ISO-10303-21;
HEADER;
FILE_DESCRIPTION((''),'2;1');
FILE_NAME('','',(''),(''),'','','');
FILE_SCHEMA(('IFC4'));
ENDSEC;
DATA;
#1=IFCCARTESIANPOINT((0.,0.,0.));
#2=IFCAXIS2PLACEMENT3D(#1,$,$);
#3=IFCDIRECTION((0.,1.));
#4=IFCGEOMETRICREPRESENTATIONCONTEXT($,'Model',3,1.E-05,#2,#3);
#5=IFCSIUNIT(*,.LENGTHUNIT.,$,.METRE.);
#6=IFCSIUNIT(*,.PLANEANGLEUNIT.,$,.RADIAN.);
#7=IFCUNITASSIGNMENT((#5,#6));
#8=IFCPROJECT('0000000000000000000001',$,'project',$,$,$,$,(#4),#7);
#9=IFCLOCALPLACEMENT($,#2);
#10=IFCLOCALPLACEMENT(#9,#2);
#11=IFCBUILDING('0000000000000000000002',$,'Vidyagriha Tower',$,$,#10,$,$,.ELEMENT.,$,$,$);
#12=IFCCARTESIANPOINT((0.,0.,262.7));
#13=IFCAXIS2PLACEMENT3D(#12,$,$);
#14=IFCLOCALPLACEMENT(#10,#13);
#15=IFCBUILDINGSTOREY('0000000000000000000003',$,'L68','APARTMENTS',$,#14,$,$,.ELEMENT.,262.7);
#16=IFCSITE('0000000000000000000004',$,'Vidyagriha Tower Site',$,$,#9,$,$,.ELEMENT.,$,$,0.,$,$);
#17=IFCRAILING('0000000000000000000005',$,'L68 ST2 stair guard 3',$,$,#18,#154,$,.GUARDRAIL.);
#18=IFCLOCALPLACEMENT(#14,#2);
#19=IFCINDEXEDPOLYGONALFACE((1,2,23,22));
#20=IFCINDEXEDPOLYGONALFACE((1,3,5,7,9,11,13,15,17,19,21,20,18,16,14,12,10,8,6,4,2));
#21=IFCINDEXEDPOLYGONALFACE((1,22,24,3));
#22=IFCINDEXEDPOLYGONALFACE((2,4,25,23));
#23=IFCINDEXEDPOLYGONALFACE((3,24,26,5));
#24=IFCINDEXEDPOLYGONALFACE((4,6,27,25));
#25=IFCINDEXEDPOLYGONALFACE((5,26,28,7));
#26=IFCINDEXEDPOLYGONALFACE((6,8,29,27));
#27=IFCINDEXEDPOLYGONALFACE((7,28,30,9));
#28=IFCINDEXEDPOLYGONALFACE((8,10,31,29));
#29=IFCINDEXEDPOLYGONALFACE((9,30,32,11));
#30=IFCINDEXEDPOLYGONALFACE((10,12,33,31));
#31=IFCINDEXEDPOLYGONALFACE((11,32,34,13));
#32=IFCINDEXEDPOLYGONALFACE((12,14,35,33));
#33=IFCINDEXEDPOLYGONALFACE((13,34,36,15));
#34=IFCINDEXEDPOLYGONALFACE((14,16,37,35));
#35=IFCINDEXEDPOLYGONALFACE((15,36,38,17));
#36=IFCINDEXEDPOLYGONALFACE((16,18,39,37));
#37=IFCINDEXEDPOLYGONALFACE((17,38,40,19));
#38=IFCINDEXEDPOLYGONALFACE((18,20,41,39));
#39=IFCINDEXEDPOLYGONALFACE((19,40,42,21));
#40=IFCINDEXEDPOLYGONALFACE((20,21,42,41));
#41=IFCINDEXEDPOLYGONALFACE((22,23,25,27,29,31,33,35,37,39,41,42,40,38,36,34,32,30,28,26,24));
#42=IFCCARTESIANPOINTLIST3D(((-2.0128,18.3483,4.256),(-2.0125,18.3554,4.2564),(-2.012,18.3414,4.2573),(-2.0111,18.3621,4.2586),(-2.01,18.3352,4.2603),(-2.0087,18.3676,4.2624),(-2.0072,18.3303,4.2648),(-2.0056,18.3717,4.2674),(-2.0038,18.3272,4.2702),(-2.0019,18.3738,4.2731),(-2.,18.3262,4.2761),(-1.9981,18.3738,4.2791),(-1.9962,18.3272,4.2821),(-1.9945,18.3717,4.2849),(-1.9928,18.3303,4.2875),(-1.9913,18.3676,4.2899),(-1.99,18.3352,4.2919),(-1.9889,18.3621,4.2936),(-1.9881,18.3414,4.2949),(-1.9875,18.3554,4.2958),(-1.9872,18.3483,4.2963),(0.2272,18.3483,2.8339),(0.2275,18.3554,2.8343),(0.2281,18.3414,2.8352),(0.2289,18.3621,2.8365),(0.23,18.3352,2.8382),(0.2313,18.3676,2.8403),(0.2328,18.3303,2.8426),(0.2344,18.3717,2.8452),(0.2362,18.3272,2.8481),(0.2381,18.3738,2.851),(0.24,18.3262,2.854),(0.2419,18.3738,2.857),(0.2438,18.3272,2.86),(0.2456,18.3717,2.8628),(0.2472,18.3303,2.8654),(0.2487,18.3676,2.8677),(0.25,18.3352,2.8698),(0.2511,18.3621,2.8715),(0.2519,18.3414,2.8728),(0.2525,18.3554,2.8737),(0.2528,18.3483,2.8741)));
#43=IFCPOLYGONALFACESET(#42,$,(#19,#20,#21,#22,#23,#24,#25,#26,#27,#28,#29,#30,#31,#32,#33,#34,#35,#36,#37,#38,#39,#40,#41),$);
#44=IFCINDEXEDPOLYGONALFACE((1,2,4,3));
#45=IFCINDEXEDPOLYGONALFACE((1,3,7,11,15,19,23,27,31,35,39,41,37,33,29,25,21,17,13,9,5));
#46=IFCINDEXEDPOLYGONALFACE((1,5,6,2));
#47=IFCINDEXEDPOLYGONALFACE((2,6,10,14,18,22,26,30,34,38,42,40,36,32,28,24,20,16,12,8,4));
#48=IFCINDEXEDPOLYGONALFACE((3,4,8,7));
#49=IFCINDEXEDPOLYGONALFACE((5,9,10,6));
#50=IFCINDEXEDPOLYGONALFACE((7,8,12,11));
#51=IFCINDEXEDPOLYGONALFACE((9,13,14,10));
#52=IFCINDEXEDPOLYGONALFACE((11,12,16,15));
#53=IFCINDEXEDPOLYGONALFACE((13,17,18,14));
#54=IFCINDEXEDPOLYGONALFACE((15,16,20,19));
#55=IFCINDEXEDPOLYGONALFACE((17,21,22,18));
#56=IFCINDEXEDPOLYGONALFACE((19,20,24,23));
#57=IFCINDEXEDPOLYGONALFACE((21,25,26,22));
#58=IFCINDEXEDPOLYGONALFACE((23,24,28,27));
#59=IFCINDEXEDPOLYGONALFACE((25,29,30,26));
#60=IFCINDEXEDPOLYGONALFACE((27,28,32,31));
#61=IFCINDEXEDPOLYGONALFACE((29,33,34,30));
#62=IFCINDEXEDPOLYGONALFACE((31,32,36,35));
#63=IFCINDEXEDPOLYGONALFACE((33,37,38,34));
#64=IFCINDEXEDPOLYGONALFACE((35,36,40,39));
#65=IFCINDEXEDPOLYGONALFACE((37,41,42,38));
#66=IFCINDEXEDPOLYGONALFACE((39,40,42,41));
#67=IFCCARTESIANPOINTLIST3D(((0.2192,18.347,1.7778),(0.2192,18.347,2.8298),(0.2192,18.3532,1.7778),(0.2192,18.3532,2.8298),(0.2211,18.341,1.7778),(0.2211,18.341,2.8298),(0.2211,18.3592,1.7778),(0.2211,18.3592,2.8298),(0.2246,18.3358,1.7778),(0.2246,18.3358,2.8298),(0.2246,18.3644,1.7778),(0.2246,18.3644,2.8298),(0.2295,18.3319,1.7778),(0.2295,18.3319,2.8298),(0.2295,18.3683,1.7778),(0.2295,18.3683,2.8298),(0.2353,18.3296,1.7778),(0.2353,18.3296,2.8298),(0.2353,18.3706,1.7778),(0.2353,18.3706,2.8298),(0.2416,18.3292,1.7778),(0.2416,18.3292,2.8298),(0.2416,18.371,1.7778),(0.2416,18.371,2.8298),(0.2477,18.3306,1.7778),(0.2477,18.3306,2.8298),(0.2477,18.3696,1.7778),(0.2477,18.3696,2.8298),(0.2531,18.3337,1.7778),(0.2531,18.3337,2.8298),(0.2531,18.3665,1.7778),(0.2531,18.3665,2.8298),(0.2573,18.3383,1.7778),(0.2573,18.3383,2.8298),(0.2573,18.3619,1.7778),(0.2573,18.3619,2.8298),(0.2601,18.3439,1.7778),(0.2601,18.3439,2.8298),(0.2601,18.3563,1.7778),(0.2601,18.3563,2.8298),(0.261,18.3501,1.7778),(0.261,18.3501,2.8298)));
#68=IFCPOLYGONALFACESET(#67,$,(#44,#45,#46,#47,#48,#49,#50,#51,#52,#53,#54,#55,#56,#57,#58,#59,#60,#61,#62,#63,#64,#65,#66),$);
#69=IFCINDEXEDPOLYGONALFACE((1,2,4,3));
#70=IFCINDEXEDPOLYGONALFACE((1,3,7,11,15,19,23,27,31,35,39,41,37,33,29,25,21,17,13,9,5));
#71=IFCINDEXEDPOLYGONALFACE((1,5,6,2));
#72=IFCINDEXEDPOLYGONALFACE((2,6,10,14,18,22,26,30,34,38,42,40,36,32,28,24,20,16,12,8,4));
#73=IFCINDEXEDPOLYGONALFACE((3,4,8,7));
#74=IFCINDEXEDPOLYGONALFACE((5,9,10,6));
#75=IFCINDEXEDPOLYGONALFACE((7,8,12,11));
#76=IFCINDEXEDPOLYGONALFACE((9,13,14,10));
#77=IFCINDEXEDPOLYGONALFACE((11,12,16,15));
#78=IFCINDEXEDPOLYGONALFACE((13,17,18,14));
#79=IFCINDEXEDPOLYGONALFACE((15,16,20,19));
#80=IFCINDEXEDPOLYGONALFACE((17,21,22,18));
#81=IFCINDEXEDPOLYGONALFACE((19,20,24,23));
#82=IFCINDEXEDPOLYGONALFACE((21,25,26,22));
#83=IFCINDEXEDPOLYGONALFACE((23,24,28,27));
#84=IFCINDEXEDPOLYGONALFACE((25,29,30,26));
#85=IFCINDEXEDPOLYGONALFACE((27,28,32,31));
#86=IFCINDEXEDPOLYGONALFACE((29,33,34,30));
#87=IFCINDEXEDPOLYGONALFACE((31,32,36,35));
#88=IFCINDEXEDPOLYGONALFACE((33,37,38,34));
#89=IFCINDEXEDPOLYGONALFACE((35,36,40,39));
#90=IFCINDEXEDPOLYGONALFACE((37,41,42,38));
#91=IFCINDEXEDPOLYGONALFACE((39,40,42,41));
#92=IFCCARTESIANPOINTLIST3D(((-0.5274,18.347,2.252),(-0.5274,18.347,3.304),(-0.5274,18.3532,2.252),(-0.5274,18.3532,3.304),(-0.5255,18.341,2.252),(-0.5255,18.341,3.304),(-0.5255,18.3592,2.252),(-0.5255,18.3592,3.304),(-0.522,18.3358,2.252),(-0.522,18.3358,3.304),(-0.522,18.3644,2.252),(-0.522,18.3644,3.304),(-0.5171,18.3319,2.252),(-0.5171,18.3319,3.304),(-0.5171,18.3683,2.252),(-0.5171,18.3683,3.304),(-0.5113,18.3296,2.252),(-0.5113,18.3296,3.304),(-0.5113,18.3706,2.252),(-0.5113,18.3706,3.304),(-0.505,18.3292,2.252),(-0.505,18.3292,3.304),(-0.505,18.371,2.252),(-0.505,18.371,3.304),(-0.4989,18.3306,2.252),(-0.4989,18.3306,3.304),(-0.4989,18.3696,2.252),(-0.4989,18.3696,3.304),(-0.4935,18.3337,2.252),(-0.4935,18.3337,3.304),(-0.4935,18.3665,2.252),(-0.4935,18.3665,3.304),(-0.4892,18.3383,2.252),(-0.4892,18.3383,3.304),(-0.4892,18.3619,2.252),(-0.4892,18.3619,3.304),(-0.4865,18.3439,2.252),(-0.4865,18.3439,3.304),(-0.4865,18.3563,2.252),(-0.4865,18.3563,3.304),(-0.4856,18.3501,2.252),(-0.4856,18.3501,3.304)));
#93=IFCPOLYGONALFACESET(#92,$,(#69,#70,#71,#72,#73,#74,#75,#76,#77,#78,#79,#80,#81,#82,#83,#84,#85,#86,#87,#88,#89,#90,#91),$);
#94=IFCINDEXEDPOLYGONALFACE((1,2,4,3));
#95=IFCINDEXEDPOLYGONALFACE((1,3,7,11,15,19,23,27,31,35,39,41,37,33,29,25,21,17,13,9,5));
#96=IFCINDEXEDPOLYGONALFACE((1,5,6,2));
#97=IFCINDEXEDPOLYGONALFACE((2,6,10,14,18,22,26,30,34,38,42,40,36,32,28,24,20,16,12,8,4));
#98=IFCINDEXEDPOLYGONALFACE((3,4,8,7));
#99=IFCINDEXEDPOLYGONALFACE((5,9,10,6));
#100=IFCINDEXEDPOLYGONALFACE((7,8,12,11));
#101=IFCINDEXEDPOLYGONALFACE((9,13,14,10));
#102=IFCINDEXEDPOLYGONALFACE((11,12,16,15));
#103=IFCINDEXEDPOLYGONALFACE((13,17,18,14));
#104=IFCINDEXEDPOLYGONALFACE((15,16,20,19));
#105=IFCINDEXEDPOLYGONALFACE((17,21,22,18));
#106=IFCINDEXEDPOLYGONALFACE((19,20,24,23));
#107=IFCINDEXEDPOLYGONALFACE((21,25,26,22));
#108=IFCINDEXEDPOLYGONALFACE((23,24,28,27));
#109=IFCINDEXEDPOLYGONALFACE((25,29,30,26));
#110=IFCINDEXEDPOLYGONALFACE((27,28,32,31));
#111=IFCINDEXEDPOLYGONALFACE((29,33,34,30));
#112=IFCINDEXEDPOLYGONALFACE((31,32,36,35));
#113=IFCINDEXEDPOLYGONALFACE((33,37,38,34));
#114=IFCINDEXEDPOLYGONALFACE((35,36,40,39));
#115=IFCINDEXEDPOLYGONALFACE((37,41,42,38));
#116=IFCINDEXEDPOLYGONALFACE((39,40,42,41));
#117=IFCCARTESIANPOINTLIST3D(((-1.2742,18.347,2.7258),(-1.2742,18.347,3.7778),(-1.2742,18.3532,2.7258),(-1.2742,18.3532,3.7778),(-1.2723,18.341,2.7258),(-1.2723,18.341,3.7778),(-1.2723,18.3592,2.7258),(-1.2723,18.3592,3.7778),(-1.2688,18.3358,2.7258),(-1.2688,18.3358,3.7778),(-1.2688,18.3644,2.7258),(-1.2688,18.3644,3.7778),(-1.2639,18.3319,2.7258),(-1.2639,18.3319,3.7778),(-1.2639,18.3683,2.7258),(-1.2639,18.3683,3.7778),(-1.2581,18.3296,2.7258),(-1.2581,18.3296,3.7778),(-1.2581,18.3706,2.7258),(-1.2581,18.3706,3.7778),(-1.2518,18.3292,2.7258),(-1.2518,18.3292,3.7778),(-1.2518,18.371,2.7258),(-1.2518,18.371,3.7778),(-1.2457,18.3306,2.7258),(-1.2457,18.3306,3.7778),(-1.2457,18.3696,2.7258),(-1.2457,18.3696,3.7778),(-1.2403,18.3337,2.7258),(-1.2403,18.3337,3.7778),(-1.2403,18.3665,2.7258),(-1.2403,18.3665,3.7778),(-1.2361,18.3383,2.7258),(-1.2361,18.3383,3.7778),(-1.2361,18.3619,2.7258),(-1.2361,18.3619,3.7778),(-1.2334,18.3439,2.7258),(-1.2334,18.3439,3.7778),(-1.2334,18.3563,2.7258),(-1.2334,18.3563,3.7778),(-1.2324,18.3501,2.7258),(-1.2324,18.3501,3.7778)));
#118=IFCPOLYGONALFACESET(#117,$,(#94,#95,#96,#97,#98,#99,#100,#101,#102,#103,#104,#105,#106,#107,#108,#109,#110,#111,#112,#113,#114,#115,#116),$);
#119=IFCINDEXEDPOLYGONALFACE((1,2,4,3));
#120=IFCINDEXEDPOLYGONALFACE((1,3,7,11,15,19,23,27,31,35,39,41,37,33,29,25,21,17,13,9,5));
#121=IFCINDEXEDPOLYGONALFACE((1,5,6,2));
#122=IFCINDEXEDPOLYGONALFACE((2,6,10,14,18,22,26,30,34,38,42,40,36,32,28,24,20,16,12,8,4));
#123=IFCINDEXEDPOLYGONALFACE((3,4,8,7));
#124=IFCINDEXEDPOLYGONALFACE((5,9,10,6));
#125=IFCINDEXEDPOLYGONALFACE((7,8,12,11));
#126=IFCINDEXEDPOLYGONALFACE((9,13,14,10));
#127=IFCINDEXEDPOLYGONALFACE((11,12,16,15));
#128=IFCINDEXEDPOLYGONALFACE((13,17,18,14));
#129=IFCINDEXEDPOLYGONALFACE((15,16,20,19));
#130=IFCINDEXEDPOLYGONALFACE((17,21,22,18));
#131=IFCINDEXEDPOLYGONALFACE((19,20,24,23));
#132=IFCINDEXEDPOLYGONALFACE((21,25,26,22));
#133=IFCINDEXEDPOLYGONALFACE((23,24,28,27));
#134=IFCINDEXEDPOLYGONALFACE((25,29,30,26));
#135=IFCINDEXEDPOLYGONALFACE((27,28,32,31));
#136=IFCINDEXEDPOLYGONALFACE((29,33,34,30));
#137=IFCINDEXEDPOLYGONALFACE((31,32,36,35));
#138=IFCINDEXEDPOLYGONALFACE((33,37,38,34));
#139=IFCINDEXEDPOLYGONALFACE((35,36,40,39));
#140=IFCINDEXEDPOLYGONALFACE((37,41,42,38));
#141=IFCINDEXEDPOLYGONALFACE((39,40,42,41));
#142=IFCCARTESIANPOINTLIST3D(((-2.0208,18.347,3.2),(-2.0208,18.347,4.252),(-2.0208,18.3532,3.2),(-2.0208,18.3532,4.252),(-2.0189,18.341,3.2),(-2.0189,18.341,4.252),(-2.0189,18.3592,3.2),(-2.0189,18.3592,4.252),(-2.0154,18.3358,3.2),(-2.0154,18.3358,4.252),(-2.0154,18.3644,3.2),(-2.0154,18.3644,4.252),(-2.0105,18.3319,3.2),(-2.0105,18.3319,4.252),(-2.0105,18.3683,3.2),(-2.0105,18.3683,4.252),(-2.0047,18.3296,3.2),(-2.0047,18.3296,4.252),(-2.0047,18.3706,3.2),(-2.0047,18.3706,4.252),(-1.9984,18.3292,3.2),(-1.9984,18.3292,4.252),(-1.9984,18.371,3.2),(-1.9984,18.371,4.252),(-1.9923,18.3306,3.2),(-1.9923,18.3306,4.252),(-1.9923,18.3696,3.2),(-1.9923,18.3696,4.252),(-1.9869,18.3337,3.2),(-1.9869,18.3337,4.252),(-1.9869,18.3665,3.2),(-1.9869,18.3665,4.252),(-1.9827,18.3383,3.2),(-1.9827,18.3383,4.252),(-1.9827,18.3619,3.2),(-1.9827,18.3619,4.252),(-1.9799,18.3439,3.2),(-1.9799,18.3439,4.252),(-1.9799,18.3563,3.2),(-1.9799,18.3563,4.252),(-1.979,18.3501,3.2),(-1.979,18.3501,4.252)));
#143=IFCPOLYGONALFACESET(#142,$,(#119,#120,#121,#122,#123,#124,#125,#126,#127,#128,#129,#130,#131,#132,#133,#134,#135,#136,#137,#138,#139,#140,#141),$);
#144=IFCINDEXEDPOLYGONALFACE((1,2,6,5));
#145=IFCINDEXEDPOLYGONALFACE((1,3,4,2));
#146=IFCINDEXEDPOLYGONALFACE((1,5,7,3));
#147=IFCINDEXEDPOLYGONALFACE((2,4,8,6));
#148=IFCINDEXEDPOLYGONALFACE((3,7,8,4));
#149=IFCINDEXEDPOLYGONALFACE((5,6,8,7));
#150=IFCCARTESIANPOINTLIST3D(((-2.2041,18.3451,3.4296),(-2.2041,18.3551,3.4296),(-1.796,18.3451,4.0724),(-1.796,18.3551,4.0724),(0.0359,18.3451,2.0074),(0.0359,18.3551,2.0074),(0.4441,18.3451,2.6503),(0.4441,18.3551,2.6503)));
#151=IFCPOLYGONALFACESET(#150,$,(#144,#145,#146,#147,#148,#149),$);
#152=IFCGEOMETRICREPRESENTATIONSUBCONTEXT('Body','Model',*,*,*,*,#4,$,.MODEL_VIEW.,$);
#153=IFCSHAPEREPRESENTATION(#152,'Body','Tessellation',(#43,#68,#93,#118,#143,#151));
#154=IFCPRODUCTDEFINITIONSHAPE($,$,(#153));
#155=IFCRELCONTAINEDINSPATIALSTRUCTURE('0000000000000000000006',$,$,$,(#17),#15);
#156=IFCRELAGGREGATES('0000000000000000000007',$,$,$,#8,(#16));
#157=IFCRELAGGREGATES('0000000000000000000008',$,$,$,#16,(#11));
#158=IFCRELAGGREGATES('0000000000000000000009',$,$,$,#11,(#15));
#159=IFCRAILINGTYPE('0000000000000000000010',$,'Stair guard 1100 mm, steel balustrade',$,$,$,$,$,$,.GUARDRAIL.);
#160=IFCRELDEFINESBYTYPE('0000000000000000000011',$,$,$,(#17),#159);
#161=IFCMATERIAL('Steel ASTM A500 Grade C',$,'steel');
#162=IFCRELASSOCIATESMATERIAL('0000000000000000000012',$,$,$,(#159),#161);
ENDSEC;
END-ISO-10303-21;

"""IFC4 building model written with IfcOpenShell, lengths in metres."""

from ifc_helpers import new_model, si_unit, direction, frame, origin, origin_2d, place, context, subcontext, project, spatial, rectangle, circle, extrude, material, type_object, element, save


model = new_model("IFC4")

# Units and contexts
model_context = context("Model", 3, precision=1e-05, world=origin(), true_north=direction((0.0, 1.0)))
body_context = subcontext(model_context, "Body", "Model", "MODEL_VIEW")
ifc_project = project(units=[si_unit("LENGTHUNIT", "METRE"), si_unit("PLANEANGLEUNIT", "RADIAN")], contexts=[model_context])

# Site, building, storey
site_placement = place(None, origin())
site = spatial("IfcSite", under=ifc_project, at=site_placement, Name="Vidyagriha Tower Site", CompositionType="ELEMENT", RefElevation=0.0)
building_placement = place(site_placement, origin())
building = spatial("IfcBuilding", under=site, at=building_placement, Name="Vidyagriha Tower", CompositionType="ELEMENT")
storey_placement = place(building_placement, frame((0.0, 0.0, 262.7)))
storey = spatial("IfcBuildingStorey", under=building, at=storey_placement, Name="L68", Description="APARTMENTS", CompositionType="ELEMENT", Elevation=262.7)

# Railing
ifc_material_1 = material(Name="Steel ASTM A500 Grade C", Category="steel")
railing_type_1 = type_object("IfcRailingType", Name="Stair guard 1100 mm, steel balustrade", PredefinedType="GUARDRAIL", material=ifc_material_1)
railing_1_placement = place(storey_placement, frame((0.24, 18.3501, 1.7778)))
element("IfcRailing", 1, at=railing_1_placement, inside=storey, type_object=railing_type_1, Name="L68 ST2 stair guard 3", PredefinedType="GUARDRAIL", context=body_context, shape_type="SweptSolid", body=[
    extrude(circle(Radius=0.0239, at=origin_2d()), frame((0.0, 0.0, 1.0762), z_axis=(-0.844229, 0.0, 0.535982), x_axis=(0.0, -1.0, 0.0)), (0.0, 0.0, 1.0), 2.6533),
    extrude(circle(Radius=0.021, at=origin_2d()), origin(), (0.0, 0.0, 1.0), 1.052),
    extrude(circle(Radius=0.021, at=origin_2d()), frame((-0.7466, 0.0, 0.4741)), (0.0, 0.0, 1.0), 1.052),
    extrude(circle(Radius=0.021, at=origin_2d()), frame((-1.4934, 0.0, 0.948)), (0.0, 0.0, 1.0), 1.052),
    extrude(circle(Radius=0.021, at=origin_2d()), frame((-2.24, 0.0, 1.4221)), (0.0, 0.0, 1.0), 1.052),
    extrude(rectangle(XDim=0.01, YDim=0.7615, at=origin_2d()), frame((0.0, 0.0, 0.551), z_axis=(-0.844229, 0.0, 0.535982), x_axis=(0.0, -1.0, 0.0)), (0.0, 0.0, 1.0), 2.6533),
])

save(model, "model.ifc")
